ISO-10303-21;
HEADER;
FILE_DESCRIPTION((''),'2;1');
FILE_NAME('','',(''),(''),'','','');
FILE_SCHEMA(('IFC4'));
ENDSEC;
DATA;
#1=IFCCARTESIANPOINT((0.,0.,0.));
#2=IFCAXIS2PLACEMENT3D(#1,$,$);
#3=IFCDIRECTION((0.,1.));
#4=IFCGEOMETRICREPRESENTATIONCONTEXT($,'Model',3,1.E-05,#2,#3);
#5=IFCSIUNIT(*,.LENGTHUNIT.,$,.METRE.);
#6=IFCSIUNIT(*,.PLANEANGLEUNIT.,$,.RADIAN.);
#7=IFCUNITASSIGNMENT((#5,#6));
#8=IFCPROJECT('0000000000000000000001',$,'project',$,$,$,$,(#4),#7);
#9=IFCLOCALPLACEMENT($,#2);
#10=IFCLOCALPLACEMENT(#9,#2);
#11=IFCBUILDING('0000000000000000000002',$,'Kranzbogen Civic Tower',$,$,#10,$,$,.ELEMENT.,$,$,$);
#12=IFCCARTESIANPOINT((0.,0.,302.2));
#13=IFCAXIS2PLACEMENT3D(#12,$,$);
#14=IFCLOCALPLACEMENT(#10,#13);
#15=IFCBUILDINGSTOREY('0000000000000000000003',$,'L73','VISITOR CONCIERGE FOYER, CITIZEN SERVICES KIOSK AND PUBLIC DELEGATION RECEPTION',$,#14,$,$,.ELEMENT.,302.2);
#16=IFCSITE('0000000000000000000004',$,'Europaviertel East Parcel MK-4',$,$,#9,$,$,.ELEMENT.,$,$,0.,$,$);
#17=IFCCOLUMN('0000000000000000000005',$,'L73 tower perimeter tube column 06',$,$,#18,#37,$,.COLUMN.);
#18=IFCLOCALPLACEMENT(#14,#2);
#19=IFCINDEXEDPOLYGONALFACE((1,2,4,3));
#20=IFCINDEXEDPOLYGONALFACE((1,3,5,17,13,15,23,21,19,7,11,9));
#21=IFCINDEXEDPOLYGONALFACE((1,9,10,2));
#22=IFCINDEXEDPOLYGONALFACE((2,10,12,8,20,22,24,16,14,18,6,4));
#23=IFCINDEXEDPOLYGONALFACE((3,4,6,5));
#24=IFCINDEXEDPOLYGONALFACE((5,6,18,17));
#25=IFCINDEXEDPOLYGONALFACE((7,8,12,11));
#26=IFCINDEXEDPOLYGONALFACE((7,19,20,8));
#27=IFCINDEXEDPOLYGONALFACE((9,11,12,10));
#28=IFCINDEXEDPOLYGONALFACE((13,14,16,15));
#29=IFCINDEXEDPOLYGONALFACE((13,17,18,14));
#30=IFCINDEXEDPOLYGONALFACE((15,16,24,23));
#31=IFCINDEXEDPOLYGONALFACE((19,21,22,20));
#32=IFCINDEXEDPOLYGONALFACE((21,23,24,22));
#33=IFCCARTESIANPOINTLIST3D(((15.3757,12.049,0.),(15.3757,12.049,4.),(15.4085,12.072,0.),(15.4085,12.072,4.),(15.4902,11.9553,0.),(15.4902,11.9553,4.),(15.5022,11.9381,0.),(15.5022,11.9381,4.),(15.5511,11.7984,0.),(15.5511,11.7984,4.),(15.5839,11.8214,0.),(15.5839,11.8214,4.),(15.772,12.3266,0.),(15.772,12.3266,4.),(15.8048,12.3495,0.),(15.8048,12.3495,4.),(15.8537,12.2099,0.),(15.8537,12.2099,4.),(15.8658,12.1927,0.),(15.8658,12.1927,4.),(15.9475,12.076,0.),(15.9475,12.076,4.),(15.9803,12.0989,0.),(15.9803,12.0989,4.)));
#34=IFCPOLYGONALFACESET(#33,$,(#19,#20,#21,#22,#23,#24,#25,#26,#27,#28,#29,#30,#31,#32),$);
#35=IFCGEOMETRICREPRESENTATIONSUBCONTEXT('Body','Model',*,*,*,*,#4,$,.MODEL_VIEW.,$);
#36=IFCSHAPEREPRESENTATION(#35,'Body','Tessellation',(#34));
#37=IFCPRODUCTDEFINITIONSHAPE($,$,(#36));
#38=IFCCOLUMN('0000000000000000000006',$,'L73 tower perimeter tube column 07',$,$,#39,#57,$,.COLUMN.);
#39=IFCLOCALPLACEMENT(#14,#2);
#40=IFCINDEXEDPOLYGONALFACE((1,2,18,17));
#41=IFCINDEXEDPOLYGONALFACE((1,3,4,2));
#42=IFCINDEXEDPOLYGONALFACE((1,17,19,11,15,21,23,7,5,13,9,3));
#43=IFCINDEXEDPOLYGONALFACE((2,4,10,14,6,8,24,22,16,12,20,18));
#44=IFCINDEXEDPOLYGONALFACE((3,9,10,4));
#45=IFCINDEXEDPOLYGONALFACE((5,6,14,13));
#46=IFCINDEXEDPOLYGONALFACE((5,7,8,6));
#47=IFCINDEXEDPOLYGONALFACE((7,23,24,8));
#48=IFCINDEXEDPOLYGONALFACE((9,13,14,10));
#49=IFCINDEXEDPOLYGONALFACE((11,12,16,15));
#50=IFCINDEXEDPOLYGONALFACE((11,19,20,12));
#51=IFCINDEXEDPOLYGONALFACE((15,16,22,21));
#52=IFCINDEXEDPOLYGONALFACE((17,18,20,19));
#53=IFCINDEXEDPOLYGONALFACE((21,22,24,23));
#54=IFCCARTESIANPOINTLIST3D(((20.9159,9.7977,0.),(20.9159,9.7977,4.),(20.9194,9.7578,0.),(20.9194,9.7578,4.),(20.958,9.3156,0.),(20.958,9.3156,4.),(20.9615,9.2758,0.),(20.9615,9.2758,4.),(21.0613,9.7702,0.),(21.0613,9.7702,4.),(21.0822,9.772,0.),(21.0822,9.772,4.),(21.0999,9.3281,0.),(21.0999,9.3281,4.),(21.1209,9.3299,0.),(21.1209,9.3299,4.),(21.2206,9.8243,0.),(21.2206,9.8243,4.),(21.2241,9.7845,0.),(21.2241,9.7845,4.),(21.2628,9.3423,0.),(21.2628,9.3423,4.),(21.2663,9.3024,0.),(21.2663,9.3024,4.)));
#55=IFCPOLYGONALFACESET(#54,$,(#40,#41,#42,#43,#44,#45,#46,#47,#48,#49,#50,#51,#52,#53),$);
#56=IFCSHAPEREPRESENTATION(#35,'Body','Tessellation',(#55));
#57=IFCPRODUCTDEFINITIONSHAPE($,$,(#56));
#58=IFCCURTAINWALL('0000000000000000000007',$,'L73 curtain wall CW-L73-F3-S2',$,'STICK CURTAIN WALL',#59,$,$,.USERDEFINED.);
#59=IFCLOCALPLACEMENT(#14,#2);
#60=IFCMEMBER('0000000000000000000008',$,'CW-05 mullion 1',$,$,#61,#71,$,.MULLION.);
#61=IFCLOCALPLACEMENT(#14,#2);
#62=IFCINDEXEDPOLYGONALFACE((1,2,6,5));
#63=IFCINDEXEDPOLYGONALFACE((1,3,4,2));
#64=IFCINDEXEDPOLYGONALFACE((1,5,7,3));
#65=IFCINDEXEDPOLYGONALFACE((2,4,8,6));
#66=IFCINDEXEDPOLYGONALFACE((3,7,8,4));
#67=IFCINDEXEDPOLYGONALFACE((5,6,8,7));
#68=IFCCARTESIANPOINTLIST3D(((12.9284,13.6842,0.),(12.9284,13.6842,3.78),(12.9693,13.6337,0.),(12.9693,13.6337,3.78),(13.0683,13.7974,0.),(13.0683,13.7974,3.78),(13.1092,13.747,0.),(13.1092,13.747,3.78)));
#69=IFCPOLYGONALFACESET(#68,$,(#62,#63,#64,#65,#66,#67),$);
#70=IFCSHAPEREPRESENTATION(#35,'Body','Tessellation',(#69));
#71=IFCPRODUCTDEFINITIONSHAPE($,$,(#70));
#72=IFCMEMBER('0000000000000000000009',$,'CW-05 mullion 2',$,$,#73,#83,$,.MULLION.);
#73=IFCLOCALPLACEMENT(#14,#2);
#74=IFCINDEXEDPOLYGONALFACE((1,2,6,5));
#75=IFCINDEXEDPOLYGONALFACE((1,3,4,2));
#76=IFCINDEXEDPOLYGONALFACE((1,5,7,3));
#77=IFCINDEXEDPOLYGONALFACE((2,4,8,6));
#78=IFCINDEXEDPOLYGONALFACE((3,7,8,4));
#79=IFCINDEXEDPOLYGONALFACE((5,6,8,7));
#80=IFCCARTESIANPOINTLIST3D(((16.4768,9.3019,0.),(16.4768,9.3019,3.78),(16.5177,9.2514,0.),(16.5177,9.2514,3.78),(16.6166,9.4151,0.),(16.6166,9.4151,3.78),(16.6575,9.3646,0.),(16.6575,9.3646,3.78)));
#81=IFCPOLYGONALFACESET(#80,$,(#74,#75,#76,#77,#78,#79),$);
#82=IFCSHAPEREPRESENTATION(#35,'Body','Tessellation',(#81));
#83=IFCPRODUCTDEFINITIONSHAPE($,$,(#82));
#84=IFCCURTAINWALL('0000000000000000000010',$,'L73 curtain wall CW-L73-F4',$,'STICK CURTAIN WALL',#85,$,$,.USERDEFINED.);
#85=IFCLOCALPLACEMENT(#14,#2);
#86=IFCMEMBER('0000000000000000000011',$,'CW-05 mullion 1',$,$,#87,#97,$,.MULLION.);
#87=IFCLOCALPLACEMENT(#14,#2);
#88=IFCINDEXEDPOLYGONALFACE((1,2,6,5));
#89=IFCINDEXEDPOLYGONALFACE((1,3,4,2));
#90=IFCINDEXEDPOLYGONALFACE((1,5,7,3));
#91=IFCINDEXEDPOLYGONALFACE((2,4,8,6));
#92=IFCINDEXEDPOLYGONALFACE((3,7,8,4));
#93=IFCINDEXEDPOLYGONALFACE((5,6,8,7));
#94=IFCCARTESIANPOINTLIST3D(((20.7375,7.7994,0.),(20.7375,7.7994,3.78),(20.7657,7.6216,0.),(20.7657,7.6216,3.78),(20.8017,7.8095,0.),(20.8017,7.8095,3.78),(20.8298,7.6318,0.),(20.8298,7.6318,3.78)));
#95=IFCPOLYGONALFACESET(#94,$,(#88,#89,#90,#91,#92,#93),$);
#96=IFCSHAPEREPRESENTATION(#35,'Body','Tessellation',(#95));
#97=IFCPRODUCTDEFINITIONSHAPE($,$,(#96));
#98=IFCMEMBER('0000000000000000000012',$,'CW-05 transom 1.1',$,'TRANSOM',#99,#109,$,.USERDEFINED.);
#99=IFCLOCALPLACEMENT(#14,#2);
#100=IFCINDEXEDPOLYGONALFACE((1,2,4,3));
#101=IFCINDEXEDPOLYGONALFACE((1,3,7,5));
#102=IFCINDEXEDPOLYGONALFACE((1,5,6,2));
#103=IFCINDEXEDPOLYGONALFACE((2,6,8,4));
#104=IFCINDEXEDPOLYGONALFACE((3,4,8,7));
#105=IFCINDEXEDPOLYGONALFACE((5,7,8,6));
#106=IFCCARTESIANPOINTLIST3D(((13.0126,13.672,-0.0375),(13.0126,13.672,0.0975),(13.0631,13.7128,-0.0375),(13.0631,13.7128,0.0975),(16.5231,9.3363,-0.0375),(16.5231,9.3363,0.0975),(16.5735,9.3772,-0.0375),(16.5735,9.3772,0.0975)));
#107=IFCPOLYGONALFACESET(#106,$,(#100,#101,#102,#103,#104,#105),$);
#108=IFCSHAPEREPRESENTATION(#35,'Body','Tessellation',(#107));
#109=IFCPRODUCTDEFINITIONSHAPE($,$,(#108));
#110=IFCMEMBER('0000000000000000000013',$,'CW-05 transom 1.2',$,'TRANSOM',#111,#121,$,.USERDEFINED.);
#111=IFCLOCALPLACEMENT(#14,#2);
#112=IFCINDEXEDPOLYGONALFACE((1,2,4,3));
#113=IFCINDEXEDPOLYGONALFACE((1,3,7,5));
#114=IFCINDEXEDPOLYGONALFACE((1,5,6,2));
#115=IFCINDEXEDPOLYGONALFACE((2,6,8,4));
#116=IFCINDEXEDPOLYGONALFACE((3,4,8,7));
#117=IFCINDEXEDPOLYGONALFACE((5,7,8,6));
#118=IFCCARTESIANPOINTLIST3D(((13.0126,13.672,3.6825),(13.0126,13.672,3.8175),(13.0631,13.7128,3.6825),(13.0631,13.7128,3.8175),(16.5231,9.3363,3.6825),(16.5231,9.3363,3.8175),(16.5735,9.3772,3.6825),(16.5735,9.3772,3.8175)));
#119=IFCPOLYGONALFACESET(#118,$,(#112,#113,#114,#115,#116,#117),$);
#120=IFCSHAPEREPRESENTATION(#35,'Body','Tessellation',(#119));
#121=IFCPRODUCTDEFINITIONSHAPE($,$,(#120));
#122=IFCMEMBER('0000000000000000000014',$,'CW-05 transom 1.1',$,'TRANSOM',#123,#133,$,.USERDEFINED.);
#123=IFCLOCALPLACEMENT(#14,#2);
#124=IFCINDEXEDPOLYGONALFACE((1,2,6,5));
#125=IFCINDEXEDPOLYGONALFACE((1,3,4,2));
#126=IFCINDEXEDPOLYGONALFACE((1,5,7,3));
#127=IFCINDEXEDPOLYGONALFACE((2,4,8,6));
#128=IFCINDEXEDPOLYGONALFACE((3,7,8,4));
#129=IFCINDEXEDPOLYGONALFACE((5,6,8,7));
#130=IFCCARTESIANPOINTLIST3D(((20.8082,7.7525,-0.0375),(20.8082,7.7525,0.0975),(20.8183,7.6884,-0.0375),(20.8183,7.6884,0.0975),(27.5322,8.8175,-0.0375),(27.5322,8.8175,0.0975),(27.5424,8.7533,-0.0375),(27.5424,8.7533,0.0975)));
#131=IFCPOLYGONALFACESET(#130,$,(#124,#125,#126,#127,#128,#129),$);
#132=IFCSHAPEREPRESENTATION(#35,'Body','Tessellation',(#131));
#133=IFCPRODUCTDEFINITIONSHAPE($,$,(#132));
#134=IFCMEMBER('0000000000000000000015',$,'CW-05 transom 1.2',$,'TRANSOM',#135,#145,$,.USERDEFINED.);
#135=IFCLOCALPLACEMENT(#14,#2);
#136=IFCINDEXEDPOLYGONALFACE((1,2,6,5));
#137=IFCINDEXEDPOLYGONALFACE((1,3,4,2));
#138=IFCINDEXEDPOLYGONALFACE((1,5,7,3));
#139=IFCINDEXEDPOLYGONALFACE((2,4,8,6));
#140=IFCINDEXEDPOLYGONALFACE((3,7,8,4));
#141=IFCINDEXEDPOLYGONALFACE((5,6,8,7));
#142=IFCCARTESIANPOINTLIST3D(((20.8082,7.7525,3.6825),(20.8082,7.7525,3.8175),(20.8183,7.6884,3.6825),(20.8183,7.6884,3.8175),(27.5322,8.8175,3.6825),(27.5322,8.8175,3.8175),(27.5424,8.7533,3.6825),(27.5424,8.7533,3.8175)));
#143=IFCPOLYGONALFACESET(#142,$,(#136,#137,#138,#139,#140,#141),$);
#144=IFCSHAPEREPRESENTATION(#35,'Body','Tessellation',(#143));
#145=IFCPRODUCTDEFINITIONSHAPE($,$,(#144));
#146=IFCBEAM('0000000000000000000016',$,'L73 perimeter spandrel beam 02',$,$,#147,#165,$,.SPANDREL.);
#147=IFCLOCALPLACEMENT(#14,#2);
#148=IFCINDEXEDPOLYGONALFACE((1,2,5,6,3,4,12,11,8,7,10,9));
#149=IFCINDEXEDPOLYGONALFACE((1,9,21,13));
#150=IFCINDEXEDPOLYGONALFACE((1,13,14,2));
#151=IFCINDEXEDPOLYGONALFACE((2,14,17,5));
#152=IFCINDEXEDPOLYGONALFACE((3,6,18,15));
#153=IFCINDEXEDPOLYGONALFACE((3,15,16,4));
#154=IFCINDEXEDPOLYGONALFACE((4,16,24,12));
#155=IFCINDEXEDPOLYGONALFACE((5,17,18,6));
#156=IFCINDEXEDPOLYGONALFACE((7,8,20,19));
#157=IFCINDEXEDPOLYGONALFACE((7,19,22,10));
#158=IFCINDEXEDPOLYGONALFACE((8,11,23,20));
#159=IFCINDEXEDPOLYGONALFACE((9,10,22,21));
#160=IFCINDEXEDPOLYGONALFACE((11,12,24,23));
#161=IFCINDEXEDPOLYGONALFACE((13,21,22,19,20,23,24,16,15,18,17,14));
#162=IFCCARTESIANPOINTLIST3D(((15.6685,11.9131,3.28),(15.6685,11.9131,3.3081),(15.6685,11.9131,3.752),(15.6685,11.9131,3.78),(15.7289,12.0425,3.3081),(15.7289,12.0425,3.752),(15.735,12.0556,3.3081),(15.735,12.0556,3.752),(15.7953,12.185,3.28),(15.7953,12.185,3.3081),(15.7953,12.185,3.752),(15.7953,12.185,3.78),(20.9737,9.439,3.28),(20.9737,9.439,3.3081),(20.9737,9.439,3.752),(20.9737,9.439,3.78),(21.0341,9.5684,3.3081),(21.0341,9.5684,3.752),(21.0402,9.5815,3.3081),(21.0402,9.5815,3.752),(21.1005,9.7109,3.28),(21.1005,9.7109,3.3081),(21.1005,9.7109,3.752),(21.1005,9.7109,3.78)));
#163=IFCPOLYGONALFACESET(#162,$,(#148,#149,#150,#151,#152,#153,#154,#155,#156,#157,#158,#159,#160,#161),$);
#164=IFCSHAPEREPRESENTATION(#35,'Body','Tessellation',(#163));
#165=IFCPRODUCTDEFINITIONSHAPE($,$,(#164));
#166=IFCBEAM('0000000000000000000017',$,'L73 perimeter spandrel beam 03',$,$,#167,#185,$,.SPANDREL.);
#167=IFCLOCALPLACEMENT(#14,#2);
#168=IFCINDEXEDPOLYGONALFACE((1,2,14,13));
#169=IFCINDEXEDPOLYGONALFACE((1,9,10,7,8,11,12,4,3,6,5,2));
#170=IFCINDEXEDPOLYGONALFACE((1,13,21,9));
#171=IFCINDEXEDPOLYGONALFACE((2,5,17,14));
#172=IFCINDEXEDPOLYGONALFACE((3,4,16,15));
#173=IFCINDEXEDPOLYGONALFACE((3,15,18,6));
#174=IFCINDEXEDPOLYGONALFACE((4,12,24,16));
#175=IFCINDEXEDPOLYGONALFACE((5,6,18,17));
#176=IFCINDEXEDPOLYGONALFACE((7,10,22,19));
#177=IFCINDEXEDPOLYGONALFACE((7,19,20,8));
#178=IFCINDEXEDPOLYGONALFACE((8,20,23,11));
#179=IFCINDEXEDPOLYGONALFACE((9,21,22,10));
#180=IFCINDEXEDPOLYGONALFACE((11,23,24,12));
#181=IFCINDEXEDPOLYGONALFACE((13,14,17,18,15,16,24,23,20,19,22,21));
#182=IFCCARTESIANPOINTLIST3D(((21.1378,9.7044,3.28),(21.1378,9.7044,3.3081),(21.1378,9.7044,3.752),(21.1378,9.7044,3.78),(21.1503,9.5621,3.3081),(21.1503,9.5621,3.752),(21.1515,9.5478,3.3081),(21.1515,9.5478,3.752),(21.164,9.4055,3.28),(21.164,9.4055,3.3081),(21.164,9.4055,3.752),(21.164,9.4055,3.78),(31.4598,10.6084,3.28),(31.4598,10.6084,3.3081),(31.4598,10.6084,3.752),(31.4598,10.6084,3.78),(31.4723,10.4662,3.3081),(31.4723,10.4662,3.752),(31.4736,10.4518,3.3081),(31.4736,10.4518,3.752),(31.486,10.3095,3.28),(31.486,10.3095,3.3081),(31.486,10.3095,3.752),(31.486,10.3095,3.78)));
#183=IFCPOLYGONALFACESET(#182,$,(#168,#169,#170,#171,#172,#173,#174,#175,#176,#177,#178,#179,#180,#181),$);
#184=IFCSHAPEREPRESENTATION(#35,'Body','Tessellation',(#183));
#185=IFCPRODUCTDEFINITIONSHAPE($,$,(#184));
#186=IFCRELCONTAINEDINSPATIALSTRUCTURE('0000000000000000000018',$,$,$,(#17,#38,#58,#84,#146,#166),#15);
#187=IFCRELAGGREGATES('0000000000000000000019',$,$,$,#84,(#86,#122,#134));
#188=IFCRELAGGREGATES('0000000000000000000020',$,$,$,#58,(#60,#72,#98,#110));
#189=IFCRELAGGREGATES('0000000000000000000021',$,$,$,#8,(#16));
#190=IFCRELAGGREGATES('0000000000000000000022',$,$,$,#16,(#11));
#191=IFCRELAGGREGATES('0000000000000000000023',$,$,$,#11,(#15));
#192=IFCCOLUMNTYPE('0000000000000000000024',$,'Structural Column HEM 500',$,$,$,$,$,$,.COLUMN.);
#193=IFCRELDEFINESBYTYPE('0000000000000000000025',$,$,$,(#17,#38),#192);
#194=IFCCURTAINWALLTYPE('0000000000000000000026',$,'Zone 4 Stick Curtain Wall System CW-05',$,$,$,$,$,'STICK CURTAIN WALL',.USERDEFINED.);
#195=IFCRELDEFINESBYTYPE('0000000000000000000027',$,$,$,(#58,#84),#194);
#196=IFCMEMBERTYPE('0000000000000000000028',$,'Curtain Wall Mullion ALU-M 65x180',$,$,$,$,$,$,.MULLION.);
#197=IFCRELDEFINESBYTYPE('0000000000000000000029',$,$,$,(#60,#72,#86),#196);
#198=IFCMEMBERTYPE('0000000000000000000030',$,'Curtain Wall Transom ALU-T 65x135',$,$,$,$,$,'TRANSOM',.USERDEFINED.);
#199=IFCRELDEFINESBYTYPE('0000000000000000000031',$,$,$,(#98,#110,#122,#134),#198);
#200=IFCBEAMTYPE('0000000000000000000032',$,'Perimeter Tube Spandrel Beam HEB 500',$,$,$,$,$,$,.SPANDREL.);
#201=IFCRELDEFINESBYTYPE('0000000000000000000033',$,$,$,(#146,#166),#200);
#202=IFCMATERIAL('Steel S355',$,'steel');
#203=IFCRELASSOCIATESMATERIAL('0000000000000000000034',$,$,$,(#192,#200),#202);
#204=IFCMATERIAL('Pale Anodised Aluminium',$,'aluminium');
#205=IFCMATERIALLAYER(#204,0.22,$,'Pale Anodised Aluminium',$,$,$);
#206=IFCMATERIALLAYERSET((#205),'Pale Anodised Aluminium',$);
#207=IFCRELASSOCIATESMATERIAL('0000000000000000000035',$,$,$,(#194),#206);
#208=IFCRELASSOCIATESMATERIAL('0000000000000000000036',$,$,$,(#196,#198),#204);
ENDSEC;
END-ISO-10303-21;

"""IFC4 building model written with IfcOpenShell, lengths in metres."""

from ifc_helpers import new_model, si_unit, direction, frame, origin, origin_2d, place, context, subcontext, project, spatial, rectangle, i_section, extrude, material, layer, layer_set, material_profile, profile_set, type_object, element, aggregate, save


model = new_model("IFC4")

# Units and contexts
model_context = context("Model", 3, precision=1e-05, world=origin(), true_north=direction((0.0, 1.0)))
body_context = subcontext(model_context, "Body", "Model", "MODEL_VIEW")
ifc_project = project(units=[si_unit("LENGTHUNIT", "METRE"), si_unit("PLANEANGLEUNIT", "RADIAN")], contexts=[model_context])

# Site, building, storey
site_placement = place(None, origin())
site = spatial("IfcSite", under=ifc_project, at=site_placement, Name="Europaviertel East Parcel MK-4", CompositionType="ELEMENT", RefElevation=0.0)
building_placement = place(site_placement, origin())
building = spatial("IfcBuilding", under=site, at=building_placement, Name="Kranzbogen Civic Tower", CompositionType="ELEMENT")
storey_placement = place(building_placement, frame((0.0, 0.0, 302.2)))
storey = spatial("IfcBuildingStorey", under=building, at=storey_placement, Name="L73", Description="VISITOR CONCIERGE FOYER, CITIZEN SERVICES KIOSK AND PUBLIC DELEGATION RECEPTION", CompositionType="ELEMENT", Elevation=302.2)

# Columns
ifc_material_1 = material(Name="Steel S355", Category="steel")
ifc_material_profile_1 = material_profile(ifc_material_1, i_section(OverallWidth=0.3059, OverallDepth=0.5239, WebThickness=0.021, FlangeThickness=0.04, at=origin_2d()), Name="HEM 500")
ifc_profile_set_1 = profile_set([ifc_material_profile_1], Name="Steel S355")
column_type = type_object("IfcColumnType", Name="Structural Column HEM 500", PredefinedType="COLUMN", material=ifc_profile_set_1)
for number, where, z_axis, x_axis, name in (
    (1, (15.678, 12.074, 0.0), (0.0, 0.0, 1.0), (-0.573576, 0.819152, 0.0), "L73 tower perimeter tube column 06"),
    (2, (21.0911, 9.55, 0.0), (0.0, 0.0, 1.0), (0.996195, 0.087156, 0.0), "L73 tower perimeter tube column 07"),
):
    element("IfcColumn", number, at=place(storey_placement, frame(where, z_axis=z_axis, x_axis=x_axis)), inside=storey, type_object=column_type, Name=name, PredefinedType="COLUMN", context=body_context, shape_type="SweptSolid", body=[
        extrude(i_section(OverallWidth=0.3059, OverallDepth=0.5239, WebThickness=0.021, FlangeThickness=0.04, at=origin_2d()), origin(), (0.0, 0.0, 1.0), 4.0),
    ])

# Curtain wall, members
ifc_material_2 = material(Name="Pale Anodised Aluminium", Category="aluminium")
ifc_layer_1 = layer(ifc_material_2, 0.22, Name="Pale Anodised Aluminium")
ifc_layer_set_1 = layer_set([ifc_layer_1], Name="Pale Anodised Aluminium")
curtain_wall_type = type_object("IfcCurtainWallType", Name="Zone 4 Stick Curtain Wall System CW-05", ElementType="STICK CURTAIN WALL", PredefinedType="USERDEFINED", material=ifc_layer_set_1)
curtain_wall_1_placement = place(storey_placement, origin())
curtain_wall_1 = element("IfcCurtainWall", 3, at=curtain_wall_1_placement, inside=storey, type_object=curtain_wall_type, Name="L73 curtain wall CW-L73-F3-S2", ObjectType="STICK CURTAIN WALL", PredefinedType="USERDEFINED")
ifc_material_profile_2 = material_profile(ifc_material_2, rectangle(XDim=0.0649, YDim=0.1799, at=origin_2d()), Name="ALU-M 65x180")
ifc_profile_set_2 = profile_set([ifc_material_profile_2], Name="Pale Anodised Aluminium")
member_type_1 = type_object("IfcMemberType", Name="Curtain Wall Mullion ALU-M 65x180", PredefinedType="MULLION", material=ifc_profile_set_2)
member_1_placement = place(storey_placement, frame((13.0188, 13.7156, 0.0), z_axis=(0.0, 0.0, 1.0), x_axis=(0.629264, -0.777192, 0.0)))
member_1 = element("IfcMember", 4, at=member_1_placement, type_object=member_type_1, Name="CW-05 mullion 1", PredefinedType="MULLION", context=body_context, shape_type="SweptSolid", body=[
    extrude(rectangle(XDim=0.0649, YDim=0.1799, at=origin_2d()), origin(), (0.0, 0.0, 1.0), 3.78),
])
member_2_placement = place(storey_placement, frame((16.5671, 9.3333, 0.0), z_axis=(0.0, 0.0, 1.0), x_axis=(0.629264, -0.777192, 0.0)))
member_2 = element("IfcMember", 5, at=member_2_placement, type_object=member_type_1, Name="CW-05 mullion 2", PredefinedType="MULLION", context=body_context, shape_type="SweptSolid", body=[
    extrude(rectangle(XDim=0.0649, YDim=0.1799, at=origin_2d()), origin(), (0.0, 0.0, 1.0), 3.78),
])

# Curtain wall, member
curtain_wall_2_placement = place(storey_placement, origin())
curtain_wall_2 = element("IfcCurtainWall", 6, at=curtain_wall_2_placement, inside=storey, type_object=curtain_wall_type, Name="L73 curtain wall CW-L73-F4", ObjectType="STICK CURTAIN WALL", PredefinedType="USERDEFINED")
member_3_placement = place(storey_placement, frame((20.7837, 7.7156, 0.0), z_axis=(0.0, 0.0, 1.0), x_axis=(0.98769, 0.156424, 0.0)))
member_3 = element("IfcMember", 7, at=member_3_placement, type_object=member_type_1, Name="CW-05 mullion 1", PredefinedType="MULLION", context=body_context, shape_type="SweptSolid", body=[
    extrude(rectangle(XDim=0.0649, YDim=0.1799, at=origin_2d()), origin(), (0.0, 0.0, 1.0), 3.78),
])

# Members
ifc_material_profile_3 = material_profile(ifc_material_2, rectangle(XDim=0.0649, YDim=0.135, at=origin_2d()), Name="ALU-T 65x135")
ifc_profile_set_3 = profile_set([ifc_material_profile_3], Name="Pale Anodised Aluminium")
member_type_2 = type_object("IfcMemberType", Name="Curtain Wall Transom ALU-T 65x135", ElementType="TRANSOM", PredefinedType="USERDEFINED", material=ifc_profile_set_3)
member_4_placement = place(storey_placement, frame((13.0378, 13.6924, 0.03), z_axis=(0.629269, -0.777188, 0.0), x_axis=(0.777188, 0.629269, 0.0)))
member_4 = element("IfcMember", 8, at=member_4_placement, type_object=member_type_2, Name="CW-05 transom 1.1", ObjectType="TRANSOM", PredefinedType="USERDEFINED", context=body_context, shape_type="SweptSolid", body=[
    extrude(rectangle(XDim=0.0649, YDim=0.135, at=origin_2d()), origin(), (0.0, 0.0, 1.0), 5.5786),
])
member_5_placement = place(storey_placement, frame((13.0378, 13.6924, 3.75), z_axis=(0.629269, -0.777188, 0.0), x_axis=(0.777188, 0.629269, 0.0)))
member_5 = element("IfcMember", 9, at=member_5_placement, type_object=member_type_2, Name="CW-05 transom 1.2", ObjectType="TRANSOM", PredefinedType="USERDEFINED", context=body_context, shape_type="SweptSolid", body=[
    extrude(rectangle(XDim=0.0649, YDim=0.135, at=origin_2d()), origin(), (0.0, 0.0, 1.0), 5.5786),
])
member_6_placement = place(storey_placement, frame((20.8132, 7.7205, 0.03), z_axis=(0.98769, 0.156427, 0.0), x_axis=(-0.156427, 0.98769, 0.0)))
member_6 = element("IfcMember", 10, at=member_6_placement, type_object=member_type_2, Name="CW-05 transom 1.1", ObjectType="TRANSOM", PredefinedType="USERDEFINED", context=body_context, shape_type="SweptSolid", body=[
    extrude(rectangle(XDim=0.0649, YDim=0.135, at=origin_2d()), origin(), (0.0, 0.0, 1.0), 6.8079),
])
member_7_placement = place(storey_placement, frame((20.8132, 7.7205, 3.75), z_axis=(0.98769, 0.156427, 0.0), x_axis=(-0.156427, 0.98769, 0.0)))
member_7 = element("IfcMember", 11, at=member_7_placement, type_object=member_type_2, Name="CW-05 transom 1.2", ObjectType="TRANSOM", PredefinedType="USERDEFINED", context=body_context, shape_type="SweptSolid", body=[
    extrude(rectangle(XDim=0.0649, YDim=0.135, at=origin_2d()), origin(), (0.0, 0.0, 1.0), 6.8079),
])
aggregate(curtain_wall_2, [member_3, member_6, member_7])

# Beams
ifc_material_profile_4 = material_profile(ifc_material_1, i_section(OverallWidth=0.3, OverallDepth=0.5, WebThickness=0.0144, FlangeThickness=0.0281, at=origin_2d()), Name="HEB 500")
ifc_profile_set_4 = profile_set([ifc_material_profile_4], Name="Steel S355")
beam_type_1 = type_object("IfcBeamType", Name="Perimeter Tube Spandrel Beam HEB 500", PredefinedType="SPANDREL", material=ifc_profile_set_4)
beam_1_placement = place(storey_placement, frame((15.7319, 12.0491, 3.53), z_axis=(0.90629, -0.422657, 0.0), x_axis=(0.422657, 0.90629, 0.0)))
element("IfcBeam", 12, at=beam_1_placement, inside=storey, type_object=beam_type_1, Name="L73 perimeter spandrel beam 02", PredefinedType="SPANDREL", context=body_context, shape_type="SweptSolid", body=[
    extrude(i_section(OverallWidth=0.3, OverallDepth=0.5, WebThickness=0.0144, FlangeThickness=0.0281, at=origin_2d()), origin(), (0.0, 0.0, 1.0), 5.8538),
])
beam_2_placement = place(storey_placement, frame((21.1509, 9.5549, 3.53), z_axis=(0.996186, 0.087251, 0.0), x_axis=(-0.087251, 0.996186, 0.0)))
element("IfcBeam", 13, at=beam_2_placement, inside=storey, type_object=beam_type_1, Name="L73 perimeter spandrel beam 03", PredefinedType="SPANDREL", context=body_context, shape_type="SweptSolid", body=[
    extrude(i_section(OverallWidth=0.3, OverallDepth=0.5, WebThickness=0.0144, FlangeThickness=0.0281, at=origin_2d()), origin(), (0.0, 0.0, 1.0), 10.3616),
])

aggregate(curtain_wall_1, [member_1, member_2, member_4, member_5])

save(model, "model.ifc")
